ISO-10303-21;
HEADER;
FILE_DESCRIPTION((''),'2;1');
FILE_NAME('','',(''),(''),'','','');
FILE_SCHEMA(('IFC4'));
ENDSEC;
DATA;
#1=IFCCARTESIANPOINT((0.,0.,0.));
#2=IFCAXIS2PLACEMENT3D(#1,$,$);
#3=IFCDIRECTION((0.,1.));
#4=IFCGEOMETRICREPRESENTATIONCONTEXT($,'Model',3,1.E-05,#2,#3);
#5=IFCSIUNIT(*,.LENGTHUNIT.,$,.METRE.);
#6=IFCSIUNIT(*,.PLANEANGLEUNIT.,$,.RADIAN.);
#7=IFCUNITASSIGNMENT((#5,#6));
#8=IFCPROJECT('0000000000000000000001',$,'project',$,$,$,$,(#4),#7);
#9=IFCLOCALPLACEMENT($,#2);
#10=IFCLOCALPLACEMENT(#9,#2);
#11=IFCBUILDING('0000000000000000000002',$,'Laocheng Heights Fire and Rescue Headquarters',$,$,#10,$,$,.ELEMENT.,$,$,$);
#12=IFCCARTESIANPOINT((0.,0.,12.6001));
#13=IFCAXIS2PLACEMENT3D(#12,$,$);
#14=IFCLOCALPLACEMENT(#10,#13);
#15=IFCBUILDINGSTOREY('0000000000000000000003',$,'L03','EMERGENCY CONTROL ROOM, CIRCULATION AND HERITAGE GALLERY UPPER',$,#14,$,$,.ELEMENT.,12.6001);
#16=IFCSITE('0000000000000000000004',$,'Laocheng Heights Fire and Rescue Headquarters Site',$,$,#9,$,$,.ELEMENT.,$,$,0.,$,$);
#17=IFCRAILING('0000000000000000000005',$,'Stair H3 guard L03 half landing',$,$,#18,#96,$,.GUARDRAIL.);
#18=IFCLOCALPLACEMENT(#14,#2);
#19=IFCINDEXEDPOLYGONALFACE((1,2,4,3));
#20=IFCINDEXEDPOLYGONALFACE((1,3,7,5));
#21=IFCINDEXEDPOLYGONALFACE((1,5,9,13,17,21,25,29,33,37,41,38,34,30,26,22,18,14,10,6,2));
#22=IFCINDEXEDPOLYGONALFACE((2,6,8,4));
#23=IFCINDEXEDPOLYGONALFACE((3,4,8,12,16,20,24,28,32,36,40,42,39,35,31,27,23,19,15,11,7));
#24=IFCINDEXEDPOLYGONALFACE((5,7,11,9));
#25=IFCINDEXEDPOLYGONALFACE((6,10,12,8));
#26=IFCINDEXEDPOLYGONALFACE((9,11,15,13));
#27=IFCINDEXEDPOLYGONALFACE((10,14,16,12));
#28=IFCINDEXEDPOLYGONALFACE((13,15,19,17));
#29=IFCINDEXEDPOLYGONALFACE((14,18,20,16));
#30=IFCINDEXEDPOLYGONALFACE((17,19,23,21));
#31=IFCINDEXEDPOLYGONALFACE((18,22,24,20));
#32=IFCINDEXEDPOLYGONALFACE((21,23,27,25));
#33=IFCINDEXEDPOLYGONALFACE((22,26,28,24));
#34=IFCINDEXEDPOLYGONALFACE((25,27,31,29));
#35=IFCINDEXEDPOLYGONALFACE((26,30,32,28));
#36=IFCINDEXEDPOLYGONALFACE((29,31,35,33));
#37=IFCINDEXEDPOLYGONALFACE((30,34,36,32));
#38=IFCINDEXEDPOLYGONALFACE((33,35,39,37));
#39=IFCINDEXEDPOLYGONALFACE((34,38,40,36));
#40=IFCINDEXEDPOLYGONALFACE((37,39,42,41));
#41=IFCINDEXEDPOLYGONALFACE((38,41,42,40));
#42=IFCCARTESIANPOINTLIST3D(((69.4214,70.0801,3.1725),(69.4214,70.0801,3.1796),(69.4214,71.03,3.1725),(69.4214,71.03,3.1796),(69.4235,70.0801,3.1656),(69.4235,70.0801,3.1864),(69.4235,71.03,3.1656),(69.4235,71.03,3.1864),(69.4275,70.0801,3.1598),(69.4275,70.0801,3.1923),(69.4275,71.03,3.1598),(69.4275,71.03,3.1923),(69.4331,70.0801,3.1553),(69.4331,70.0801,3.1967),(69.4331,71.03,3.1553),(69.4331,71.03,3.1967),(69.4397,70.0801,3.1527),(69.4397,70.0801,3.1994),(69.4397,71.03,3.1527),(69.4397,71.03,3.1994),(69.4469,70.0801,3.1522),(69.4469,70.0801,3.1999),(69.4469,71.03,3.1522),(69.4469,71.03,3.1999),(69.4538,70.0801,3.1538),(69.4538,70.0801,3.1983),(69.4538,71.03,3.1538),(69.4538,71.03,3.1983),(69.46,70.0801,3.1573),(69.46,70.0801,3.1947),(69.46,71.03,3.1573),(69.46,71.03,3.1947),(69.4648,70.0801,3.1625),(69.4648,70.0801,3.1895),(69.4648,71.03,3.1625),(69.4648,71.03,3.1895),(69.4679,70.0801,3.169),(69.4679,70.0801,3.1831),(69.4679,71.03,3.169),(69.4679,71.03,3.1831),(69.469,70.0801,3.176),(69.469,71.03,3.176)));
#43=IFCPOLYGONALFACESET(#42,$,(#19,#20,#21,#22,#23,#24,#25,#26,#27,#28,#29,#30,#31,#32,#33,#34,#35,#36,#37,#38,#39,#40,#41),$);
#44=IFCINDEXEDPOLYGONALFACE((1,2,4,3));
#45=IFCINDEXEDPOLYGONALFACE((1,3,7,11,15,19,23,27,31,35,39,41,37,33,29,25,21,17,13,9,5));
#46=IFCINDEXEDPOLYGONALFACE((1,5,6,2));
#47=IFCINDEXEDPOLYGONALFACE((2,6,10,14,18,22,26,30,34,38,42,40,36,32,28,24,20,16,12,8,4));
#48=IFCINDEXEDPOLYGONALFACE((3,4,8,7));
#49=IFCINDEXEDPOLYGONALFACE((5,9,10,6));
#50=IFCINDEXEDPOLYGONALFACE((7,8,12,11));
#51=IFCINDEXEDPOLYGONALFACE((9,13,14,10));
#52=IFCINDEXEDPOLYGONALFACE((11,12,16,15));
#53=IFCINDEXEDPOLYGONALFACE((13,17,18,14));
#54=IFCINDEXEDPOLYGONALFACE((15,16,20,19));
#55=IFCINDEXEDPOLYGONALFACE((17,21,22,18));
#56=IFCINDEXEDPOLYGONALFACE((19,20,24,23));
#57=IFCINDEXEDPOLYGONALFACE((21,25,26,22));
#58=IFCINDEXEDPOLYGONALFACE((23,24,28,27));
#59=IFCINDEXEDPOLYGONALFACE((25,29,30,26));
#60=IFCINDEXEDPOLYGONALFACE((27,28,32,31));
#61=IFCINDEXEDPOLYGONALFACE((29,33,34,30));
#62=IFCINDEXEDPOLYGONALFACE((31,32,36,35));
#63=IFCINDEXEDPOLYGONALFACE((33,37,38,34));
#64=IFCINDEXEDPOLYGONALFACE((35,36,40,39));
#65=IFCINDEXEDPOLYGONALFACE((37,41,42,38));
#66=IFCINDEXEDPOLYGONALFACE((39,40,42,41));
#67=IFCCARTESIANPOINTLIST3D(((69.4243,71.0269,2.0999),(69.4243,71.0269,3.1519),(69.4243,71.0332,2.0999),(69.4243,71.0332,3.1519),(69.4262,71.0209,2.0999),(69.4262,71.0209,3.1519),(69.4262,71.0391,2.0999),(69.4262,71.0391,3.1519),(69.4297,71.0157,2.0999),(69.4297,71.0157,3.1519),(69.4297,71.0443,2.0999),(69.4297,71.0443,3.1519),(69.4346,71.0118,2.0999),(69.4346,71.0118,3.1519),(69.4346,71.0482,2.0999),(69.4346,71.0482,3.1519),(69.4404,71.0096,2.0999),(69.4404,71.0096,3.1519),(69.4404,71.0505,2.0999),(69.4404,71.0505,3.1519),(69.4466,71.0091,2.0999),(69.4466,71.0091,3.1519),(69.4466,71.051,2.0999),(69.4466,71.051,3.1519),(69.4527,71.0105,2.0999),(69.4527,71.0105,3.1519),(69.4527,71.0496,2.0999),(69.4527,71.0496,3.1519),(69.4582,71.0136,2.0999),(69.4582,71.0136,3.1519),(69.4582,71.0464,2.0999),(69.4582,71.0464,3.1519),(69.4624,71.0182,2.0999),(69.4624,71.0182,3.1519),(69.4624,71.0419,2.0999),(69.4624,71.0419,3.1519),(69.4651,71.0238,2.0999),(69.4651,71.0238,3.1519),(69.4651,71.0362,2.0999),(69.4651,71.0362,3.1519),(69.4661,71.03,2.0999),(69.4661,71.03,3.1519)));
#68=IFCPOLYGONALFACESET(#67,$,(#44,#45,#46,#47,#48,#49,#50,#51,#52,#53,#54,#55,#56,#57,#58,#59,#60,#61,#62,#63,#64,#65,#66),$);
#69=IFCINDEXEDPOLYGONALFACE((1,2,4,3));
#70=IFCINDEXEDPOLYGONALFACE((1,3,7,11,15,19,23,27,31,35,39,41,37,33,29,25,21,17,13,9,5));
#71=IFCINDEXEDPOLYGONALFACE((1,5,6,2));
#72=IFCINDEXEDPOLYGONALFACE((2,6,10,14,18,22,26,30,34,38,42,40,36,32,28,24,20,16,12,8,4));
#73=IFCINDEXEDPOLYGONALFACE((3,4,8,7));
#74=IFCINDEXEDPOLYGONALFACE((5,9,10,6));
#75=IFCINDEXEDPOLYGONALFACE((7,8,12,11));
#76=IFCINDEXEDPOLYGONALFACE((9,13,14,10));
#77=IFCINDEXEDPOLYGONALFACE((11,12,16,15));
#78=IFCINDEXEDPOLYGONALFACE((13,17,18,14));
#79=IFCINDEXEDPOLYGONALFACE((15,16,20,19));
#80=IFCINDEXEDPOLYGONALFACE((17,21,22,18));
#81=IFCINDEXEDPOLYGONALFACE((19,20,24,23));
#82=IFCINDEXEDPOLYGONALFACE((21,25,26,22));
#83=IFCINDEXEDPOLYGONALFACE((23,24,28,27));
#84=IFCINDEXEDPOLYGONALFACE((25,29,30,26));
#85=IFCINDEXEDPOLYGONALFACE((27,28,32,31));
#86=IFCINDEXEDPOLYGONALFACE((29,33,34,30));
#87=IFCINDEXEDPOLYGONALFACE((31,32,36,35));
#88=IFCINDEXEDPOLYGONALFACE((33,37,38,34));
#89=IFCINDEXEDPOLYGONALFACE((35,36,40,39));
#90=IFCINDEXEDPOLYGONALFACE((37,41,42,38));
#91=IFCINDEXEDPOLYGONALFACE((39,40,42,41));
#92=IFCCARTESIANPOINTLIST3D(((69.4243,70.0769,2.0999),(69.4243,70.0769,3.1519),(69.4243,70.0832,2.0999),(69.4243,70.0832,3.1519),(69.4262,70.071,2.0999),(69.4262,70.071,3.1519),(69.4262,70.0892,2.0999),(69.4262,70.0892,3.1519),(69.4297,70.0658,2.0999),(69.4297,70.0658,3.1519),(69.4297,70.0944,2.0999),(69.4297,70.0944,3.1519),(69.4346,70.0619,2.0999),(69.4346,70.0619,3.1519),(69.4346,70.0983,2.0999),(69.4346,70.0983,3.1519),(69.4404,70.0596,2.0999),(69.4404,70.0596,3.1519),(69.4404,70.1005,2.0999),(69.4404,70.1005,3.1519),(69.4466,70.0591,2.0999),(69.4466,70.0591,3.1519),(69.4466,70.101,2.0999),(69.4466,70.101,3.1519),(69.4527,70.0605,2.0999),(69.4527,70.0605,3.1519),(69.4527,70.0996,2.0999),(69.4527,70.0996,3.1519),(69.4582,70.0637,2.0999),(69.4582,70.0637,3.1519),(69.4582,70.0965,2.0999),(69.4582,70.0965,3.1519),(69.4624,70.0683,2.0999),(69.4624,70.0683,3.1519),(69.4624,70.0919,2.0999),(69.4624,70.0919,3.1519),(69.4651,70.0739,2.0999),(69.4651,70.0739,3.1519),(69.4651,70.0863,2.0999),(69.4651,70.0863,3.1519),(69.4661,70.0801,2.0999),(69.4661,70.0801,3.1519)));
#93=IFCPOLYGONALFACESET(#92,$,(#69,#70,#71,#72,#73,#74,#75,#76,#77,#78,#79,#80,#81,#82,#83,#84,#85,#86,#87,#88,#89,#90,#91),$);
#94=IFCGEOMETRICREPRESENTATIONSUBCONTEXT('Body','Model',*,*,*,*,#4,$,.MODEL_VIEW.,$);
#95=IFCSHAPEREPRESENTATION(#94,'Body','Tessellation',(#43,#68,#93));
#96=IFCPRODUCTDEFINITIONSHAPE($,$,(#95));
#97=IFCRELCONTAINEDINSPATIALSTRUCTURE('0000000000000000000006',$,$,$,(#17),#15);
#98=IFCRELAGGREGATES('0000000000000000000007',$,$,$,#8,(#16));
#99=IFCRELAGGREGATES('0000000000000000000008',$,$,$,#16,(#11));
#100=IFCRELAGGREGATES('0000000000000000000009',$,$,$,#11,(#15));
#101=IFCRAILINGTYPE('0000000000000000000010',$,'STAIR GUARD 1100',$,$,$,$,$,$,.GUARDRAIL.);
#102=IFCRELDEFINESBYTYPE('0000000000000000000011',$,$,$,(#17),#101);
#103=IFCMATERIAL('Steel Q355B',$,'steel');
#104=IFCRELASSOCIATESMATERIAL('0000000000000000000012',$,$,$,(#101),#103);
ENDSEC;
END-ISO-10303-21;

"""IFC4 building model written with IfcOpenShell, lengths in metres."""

from ifc_helpers import new_model, si_unit, direction, frame, origin, origin_2d, place, context, subcontext, project, spatial, circle, extrude, material, type_object, element, save


model = new_model("IFC4")

# Units and contexts
model_context = context("Model", 3, precision=1e-05, world=origin(), true_north=direction((0.0, 1.0)))
body_context = subcontext(model_context, "Body", "Model", "MODEL_VIEW")
ifc_project = project(units=[si_unit("LENGTHUNIT", "METRE"), si_unit("PLANEANGLEUNIT", "RADIAN")], contexts=[model_context])

# Site, building, storey
site_placement = place(None, origin())
site = spatial("IfcSite", under=ifc_project, at=site_placement, Name="Laocheng Heights Fire and Rescue Headquarters Site", CompositionType="ELEMENT", RefElevation=0.0)
building_placement = place(site_placement, origin())
building = spatial("IfcBuilding", under=site, at=building_placement, Name="Laocheng Heights Fire and Rescue Headquarters", CompositionType="ELEMENT")
storey_placement = place(building_placement, frame((0.0, 0.0, 12.6001)))
storey = spatial("IfcBuildingStorey", under=building, at=storey_placement, Name="L03", Description="EMERGENCY CONTROL ROOM, CIRCULATION AND HERITAGE GALLERY UPPER", CompositionType="ELEMENT", Elevation=12.6001)

# Railing
ifc_material_1 = material(Name="Steel Q355B", Category="steel")
railing_type_1 = type_object("IfcRailingType", Name="STAIR GUARD 1100", PredefinedType="GUARDRAIL", material=ifc_material_1)
railing_1_placement = place(storey_placement, frame((69.4451, 71.03, 2.0999)))
element("IfcRailing", 1, at=railing_1_placement, inside=storey, type_object=railing_type_1, Name="Stair H3 guard L03 half landing", PredefinedType="GUARDRAIL", context=body_context, shape_type="SweptSolid", body=[
    extrude(circle(Radius=0.0239, at=origin_2d()), frame((0.0, 0.0, 1.0762), z_axis=(0.0, -1.0, 0.0), x_axis=(1.0, 0.0, 0.0)), (0.0, 0.0, 1.0), 0.95),
    extrude(circle(Radius=0.021, at=origin_2d()), origin(), (0.0, 0.0, 1.0), 1.052),
    extrude(circle(Radius=0.021, at=origin_2d()), frame((0.0, -0.95, 0.0)), (0.0, 0.0, 1.0), 1.052),
])

save(model, "model.ifc")
